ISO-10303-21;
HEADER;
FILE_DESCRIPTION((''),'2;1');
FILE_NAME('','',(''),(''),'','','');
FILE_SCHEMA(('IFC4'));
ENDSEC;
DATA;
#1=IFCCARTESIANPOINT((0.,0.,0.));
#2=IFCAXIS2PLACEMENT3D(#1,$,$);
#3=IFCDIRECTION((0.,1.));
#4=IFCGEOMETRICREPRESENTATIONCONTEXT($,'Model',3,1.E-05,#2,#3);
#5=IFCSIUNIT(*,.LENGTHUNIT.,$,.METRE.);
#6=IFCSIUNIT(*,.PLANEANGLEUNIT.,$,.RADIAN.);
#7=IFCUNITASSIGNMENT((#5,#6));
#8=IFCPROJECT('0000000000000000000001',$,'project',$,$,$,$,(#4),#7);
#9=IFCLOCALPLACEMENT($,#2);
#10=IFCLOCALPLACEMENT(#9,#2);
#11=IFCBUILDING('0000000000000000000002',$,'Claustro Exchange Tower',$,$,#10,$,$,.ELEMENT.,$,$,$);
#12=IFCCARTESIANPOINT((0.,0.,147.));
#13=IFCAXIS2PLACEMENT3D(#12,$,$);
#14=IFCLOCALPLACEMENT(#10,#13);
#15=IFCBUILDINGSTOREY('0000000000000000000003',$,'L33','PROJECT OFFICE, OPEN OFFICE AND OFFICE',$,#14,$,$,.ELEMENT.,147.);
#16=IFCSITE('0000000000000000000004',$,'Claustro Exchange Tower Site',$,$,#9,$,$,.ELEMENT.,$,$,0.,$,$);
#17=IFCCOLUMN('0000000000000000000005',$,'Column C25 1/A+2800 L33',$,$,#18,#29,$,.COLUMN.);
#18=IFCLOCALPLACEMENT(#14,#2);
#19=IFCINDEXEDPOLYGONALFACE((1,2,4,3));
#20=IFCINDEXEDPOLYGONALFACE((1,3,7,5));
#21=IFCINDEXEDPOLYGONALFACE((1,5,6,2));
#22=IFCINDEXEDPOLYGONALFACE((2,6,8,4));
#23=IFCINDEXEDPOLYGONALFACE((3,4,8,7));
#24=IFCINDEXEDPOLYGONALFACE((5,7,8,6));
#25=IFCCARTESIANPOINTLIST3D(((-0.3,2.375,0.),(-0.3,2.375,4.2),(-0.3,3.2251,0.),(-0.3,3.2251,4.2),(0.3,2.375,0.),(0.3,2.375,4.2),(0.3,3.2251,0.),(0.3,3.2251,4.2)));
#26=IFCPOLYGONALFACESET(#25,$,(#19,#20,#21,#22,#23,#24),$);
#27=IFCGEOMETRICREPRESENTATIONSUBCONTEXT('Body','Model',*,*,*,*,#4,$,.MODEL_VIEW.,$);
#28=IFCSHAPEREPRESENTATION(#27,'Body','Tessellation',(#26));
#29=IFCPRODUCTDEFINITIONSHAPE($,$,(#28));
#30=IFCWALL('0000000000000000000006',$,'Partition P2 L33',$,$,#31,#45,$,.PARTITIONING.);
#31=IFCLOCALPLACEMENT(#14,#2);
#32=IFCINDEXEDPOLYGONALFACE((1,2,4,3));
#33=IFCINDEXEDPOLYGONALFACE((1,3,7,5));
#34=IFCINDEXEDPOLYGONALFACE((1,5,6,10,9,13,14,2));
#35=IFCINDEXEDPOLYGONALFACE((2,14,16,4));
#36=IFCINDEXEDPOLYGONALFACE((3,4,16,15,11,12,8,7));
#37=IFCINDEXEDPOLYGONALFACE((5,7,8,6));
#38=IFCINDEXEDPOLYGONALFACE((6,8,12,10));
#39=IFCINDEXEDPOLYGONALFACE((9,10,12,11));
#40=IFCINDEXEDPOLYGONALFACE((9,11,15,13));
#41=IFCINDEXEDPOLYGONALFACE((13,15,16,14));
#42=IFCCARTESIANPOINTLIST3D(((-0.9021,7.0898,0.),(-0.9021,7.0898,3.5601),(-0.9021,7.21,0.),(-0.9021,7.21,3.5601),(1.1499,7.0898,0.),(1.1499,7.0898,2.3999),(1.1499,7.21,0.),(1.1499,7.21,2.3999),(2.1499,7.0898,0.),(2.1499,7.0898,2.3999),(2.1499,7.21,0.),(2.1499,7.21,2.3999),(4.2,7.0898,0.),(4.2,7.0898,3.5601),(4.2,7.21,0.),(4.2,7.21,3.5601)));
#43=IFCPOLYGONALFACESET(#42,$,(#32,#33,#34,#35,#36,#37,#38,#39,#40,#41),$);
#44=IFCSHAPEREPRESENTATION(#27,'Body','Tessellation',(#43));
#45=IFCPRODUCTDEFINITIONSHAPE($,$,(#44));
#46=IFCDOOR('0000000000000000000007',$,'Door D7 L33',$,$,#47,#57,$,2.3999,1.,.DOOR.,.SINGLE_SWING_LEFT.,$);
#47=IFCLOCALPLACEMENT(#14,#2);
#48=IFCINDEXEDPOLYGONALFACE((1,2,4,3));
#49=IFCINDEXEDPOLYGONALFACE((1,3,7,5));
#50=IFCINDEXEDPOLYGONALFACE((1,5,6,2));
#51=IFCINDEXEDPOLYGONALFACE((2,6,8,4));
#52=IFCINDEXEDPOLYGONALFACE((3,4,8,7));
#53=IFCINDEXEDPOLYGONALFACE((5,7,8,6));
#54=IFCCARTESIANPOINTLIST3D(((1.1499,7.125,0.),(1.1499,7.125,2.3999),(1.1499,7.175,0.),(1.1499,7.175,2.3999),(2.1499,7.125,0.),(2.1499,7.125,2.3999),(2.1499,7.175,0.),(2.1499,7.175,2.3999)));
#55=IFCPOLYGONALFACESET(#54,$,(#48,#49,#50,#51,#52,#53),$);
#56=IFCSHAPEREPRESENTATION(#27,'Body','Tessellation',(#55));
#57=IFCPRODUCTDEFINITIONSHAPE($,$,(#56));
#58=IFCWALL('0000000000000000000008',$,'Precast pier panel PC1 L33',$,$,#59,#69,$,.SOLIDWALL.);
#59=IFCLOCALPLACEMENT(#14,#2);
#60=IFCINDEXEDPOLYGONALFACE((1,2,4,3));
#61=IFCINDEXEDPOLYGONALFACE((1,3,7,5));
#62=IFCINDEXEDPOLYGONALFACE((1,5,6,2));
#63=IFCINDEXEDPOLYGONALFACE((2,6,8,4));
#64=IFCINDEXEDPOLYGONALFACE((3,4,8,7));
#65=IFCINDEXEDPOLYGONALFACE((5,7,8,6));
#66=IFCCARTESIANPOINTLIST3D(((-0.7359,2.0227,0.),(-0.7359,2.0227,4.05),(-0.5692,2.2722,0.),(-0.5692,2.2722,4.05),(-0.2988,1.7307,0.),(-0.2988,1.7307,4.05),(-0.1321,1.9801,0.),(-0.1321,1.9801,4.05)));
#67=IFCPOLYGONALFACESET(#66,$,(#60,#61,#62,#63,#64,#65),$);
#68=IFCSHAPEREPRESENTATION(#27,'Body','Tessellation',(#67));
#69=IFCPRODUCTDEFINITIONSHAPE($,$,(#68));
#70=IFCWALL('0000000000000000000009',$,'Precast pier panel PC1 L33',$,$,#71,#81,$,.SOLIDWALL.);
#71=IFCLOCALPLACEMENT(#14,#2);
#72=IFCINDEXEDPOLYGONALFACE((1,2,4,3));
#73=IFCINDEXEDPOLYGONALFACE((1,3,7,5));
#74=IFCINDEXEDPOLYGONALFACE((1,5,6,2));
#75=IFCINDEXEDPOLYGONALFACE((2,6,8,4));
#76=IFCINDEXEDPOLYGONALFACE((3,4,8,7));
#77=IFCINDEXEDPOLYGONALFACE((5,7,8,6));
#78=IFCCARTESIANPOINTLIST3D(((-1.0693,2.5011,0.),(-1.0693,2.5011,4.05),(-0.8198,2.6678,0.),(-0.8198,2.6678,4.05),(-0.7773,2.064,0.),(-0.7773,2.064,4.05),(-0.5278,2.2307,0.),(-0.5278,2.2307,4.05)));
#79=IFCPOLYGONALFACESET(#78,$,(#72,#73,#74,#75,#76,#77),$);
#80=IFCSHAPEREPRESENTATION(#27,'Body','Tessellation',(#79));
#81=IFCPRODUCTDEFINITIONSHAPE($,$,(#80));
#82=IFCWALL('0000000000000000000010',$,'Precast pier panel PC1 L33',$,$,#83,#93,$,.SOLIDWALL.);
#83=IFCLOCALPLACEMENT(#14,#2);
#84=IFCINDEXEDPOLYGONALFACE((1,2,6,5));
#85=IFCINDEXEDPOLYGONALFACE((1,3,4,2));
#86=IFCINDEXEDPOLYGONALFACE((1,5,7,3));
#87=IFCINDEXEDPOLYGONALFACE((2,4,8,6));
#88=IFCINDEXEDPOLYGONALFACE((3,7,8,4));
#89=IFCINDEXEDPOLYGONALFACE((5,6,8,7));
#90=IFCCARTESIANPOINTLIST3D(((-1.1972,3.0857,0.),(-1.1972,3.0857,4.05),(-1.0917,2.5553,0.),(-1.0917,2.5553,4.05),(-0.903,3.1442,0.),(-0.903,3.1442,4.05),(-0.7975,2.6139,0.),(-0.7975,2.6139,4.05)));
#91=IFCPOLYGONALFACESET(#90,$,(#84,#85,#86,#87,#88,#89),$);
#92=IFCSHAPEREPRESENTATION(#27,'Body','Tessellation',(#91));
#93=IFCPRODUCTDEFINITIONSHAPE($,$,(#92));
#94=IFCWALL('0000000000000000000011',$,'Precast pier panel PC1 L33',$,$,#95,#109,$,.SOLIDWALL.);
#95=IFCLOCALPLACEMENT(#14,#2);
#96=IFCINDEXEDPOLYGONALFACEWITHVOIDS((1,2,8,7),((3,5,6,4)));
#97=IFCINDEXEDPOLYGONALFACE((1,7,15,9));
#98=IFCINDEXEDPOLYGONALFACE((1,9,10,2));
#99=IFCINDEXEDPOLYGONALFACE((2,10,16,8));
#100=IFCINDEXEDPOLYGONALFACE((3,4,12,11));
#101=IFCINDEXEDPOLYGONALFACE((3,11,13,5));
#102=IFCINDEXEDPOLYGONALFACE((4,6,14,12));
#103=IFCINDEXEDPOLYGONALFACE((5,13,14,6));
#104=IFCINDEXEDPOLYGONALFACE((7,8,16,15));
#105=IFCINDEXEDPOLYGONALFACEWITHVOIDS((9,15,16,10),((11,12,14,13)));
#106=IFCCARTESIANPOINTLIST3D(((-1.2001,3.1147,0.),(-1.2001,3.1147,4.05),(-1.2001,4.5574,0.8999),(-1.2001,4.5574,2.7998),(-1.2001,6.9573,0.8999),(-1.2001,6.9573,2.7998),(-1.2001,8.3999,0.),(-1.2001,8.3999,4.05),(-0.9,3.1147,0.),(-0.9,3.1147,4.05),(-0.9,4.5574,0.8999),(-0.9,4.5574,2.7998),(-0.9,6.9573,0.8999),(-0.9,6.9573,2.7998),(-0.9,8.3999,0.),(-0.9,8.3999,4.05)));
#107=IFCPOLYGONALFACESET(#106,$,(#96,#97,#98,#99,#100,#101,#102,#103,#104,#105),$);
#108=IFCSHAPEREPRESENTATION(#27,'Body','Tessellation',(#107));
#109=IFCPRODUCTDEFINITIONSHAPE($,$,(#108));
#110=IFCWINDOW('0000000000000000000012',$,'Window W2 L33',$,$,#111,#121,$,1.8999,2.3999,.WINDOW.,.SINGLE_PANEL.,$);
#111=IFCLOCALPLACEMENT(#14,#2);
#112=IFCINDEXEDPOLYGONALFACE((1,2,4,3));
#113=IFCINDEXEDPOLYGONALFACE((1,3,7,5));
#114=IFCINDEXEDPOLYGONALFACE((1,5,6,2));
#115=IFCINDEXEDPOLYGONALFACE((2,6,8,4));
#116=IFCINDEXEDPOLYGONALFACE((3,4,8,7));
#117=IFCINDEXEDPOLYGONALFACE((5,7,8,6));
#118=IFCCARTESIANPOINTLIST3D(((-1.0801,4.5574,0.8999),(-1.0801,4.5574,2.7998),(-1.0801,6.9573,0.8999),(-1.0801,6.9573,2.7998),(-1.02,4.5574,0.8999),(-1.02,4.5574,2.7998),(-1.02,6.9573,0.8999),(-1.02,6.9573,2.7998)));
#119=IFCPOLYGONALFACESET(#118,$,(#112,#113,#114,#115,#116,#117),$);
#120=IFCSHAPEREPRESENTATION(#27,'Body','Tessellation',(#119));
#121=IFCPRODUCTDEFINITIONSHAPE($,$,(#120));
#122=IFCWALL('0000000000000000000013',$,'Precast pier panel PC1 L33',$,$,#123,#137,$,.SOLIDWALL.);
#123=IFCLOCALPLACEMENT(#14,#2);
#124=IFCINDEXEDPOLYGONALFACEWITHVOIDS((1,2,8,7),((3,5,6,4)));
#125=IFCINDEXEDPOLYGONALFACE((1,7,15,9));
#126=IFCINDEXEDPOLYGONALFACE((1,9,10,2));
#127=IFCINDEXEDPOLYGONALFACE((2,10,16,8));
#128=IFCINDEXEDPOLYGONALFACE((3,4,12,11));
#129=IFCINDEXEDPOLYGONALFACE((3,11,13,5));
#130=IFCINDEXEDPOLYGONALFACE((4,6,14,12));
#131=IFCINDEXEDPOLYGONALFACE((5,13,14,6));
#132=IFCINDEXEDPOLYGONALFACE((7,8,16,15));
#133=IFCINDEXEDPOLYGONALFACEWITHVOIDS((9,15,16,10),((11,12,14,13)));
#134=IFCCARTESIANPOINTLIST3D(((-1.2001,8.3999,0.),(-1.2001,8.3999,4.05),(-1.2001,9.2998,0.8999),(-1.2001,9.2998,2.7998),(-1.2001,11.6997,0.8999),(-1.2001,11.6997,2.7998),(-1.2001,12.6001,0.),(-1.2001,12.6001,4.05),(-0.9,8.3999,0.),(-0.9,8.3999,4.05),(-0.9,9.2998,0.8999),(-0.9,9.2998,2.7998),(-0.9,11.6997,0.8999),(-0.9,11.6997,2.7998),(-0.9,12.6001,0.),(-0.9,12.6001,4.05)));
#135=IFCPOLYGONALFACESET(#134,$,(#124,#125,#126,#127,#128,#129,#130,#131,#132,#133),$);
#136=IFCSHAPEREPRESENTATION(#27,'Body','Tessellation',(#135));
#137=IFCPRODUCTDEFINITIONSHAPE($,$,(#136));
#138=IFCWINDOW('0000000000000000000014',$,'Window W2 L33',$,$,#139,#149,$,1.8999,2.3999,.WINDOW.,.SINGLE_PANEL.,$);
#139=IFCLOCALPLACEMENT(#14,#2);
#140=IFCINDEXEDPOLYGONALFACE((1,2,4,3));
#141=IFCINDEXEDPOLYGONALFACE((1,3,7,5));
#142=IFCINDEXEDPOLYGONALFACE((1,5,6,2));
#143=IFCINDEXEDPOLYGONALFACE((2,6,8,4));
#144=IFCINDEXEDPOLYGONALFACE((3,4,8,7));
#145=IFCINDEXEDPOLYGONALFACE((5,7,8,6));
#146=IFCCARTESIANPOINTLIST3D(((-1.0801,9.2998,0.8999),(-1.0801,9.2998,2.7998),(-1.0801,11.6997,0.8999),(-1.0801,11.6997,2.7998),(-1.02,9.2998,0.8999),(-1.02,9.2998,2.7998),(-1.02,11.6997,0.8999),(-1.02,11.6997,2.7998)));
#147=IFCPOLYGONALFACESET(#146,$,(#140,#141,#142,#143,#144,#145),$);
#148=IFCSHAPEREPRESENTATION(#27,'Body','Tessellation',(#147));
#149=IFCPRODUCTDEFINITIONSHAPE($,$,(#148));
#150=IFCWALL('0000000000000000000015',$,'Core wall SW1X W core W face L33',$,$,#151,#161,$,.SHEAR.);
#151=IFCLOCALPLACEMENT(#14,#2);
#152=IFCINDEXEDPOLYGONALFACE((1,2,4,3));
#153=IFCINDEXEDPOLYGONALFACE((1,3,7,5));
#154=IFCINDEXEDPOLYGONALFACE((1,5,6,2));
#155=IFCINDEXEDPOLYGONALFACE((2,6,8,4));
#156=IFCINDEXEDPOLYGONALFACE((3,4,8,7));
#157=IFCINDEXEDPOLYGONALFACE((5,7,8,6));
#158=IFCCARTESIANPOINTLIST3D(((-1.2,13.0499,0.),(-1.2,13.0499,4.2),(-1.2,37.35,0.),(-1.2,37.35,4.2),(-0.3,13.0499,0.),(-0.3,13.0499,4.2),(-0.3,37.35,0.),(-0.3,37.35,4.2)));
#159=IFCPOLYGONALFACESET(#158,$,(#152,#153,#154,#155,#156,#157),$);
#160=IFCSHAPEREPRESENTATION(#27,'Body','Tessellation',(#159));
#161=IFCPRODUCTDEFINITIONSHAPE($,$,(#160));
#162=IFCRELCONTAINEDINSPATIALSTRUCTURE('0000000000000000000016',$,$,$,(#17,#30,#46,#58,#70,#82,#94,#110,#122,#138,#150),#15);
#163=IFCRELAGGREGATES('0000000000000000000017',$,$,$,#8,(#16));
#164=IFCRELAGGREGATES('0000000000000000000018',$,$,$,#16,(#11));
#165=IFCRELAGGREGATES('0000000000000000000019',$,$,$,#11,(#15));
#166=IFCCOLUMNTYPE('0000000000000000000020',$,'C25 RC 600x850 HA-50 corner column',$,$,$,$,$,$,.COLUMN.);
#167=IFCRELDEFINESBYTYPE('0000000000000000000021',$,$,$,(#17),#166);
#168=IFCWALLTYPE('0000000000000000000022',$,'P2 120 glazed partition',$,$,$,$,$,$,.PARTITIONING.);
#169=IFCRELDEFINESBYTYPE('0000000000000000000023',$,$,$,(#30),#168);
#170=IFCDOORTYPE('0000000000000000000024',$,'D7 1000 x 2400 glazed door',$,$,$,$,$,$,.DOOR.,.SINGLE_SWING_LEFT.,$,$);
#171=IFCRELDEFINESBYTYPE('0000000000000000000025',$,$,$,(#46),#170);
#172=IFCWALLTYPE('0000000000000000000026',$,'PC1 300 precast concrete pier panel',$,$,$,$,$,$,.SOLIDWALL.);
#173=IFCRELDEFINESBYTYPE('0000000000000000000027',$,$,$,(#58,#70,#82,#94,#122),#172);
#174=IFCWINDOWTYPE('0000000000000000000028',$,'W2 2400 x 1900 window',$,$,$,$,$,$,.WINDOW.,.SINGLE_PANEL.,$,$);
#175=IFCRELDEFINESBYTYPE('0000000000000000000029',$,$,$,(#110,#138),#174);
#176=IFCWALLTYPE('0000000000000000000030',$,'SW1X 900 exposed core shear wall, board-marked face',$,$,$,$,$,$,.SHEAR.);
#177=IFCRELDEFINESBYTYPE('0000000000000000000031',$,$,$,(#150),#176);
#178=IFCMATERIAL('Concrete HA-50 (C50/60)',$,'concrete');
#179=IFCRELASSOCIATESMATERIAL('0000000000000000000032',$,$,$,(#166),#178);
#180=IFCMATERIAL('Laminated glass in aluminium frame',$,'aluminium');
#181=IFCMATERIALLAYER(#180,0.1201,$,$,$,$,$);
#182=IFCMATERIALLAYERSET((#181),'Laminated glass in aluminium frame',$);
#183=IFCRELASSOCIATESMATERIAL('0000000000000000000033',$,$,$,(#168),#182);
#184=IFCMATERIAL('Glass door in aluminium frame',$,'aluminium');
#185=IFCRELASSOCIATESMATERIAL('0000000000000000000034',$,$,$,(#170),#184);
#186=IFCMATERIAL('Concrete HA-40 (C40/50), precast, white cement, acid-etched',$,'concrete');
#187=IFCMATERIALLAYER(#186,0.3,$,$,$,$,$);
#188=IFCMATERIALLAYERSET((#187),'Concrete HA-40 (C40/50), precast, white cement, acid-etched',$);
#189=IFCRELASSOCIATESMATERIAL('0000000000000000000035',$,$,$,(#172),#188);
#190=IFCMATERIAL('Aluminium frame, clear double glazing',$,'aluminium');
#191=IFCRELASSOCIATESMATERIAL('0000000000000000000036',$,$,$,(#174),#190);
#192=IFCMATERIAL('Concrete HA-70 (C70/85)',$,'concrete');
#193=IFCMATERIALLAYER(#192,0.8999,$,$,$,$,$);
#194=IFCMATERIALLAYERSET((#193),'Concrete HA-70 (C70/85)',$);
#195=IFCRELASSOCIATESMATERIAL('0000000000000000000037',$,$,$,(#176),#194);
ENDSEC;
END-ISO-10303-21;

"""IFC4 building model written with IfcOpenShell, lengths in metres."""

from ifc_helpers import new_model, si_unit, direction, frame, frame_2d, origin, origin_2d, place, context, subcontext, project, spatial, rectangle, extrude, material, layer, layer_set, material_profile, profile_set, type_object, element, fill, save


model = new_model("IFC4")

# Units and contexts
model_context = context("Model", 3, precision=1e-05, world=origin(), true_north=direction((0.0, 1.0)))
body_context = subcontext(model_context, "Body", "Model", "MODEL_VIEW")
ifc_project = project(units=[si_unit("LENGTHUNIT", "METRE"), si_unit("PLANEANGLEUNIT", "RADIAN")], contexts=[model_context])

# Site, building, storey
site_placement = place(None, origin())
site = spatial("IfcSite", under=ifc_project, at=site_placement, Name="Claustro Exchange Tower Site", CompositionType="ELEMENT", RefElevation=0.0)
building_placement = place(site_placement, origin())
building = spatial("IfcBuilding", under=site, at=building_placement, Name="Claustro Exchange Tower", CompositionType="ELEMENT")
storey_placement = place(building_placement, frame((0.0, 0.0, 147.0)))
storey = spatial("IfcBuildingStorey", under=building, at=storey_placement, Name="L33", Description="PROJECT OFFICE, OPEN OFFICE AND OFFICE", CompositionType="ELEMENT", Elevation=147.0)

# Column
ifc_material_1 = material(Name="Concrete HA-50 (C50/60)", Category="concrete")
ifc_material_profile = material_profile(ifc_material_1, rectangle(XDim=0.6001, YDim=0.8501, at=origin_2d()), Name="RC 600x850")
ifc_profile_set = profile_set([ifc_material_profile], Name="Concrete HA-50 (C50/60)")
column_type = type_object("IfcColumnType", Name="C25 RC 600x850 HA-50 corner column", PredefinedType="COLUMN", material=ifc_profile_set)
column_placement = place(storey_placement, frame((0.0, 2.8, 0.0), z_axis=(0.0, 0.0, 1.0), x_axis=(1.0, 0.0, 0.0)))
element("IfcColumn", 1, at=column_placement, inside=storey, type_object=column_type, Name="Column C25 1/A+2800 L33", PredefinedType="COLUMN", context=body_context, shape_type="SweptSolid", body=[
    extrude(rectangle(XDim=0.6001, YDim=0.8501, at=origin_2d()), origin(), (0.0, 0.0, 1.0), 4.2),
])

# Wall, opening, door
ifc_material_2 = material(Name="Laminated glass in aluminium frame", Category="aluminium")
ifc_layer_1 = layer(ifc_material_2, 0.1201)
ifc_layer_set_1 = layer_set([ifc_layer_1], Name="Laminated glass in aluminium frame")
wall_type_1 = type_object("IfcWallType", Name="P2 120 glazed partition", PredefinedType="PARTITIONING", material=ifc_layer_set_1)
wall_1_placement = place(storey_placement, frame((-0.9021, 7.1499, 0.0), z_axis=(0.0, 0.0, 1.0), x_axis=(1.0, 0.0, 0.0)))
wall_1 = element("IfcWall", 2, at=wall_1_placement, inside=storey, type_object=wall_type_1, Name="Partition P2 L33", PredefinedType="PARTITIONING", context=body_context, shape_type="SweptSolid", body=[
    extrude(rectangle(XDim=5.1021, YDim=0.1201, at=frame_2d((2.551, 0.0))), origin(), (0.0, 0.0, 1.0), 3.5601),
])
opening_1_placement = place(wall_1_placement, frame((2.052, 0.0, 0.0)))
opening_1 = element("IfcOpeningElement", 3, at=opening_1_placement, cuts=wall_1, PredefinedType="OPENING", context=body_context, shape_type="SweptSolid", body=[
    extrude(rectangle(XDim=1.0, YDim=2.3999, at=frame_2d((0.5, 1.2))), frame((0.0, 0.0701, 0.0), z_axis=(0.0, -1.0, 0.0), x_axis=(1.0, 0.0, 0.0)), (0.0, 0.0, 1.0), 0.1401),
])
ifc_material_3 = material(Name="Glass door in aluminium frame", Category="aluminium")
door_type_1 = type_object("IfcDoorType", Name="D7 1000 x 2400 glazed door", OperationType="SINGLE_SWING_LEFT", PredefinedType="DOOR", material=ifc_material_3)
door_1_placement = place(opening_1_placement, frame((1.0, 0.0, 0.0), z_axis=(0.0, 0.0, 1.0), x_axis=(-1.0, 0.0, 0.0)))
door_1 = element("IfcDoor", 4, at=door_1_placement, inside=storey, type_object=door_type_1, Name="Door D7 L33", OperationType="SINGLE_SWING_LEFT", OverallHeight=2.3999, OverallWidth=1.0, PredefinedType="DOOR", context=body_context, shape_type="SweptSolid", body=[
    extrude(rectangle(XDim=1.0, YDim=2.3999, at=frame_2d((0.5, 1.2))), frame((0.0, 0.0249, 0.0), z_axis=(0.0, -1.0, 0.0), x_axis=(1.0, 0.0, 0.0)), (0.0, 0.0, 1.0), 0.05),
])
fill(opening_1, door_1)

# Walls
ifc_material_4 = material(Name="Concrete HA-40 (C40/50), precast, white cement, acid-etched", Category="concrete")
ifc_layer_2 = layer(ifc_material_4, 0.3)
ifc_layer_set_2 = layer_set([ifc_layer_2], Name="Concrete HA-40 (C40/50), precast, white cement, acid-etched")
wall_type_2 = type_object("IfcWallType", Name="PC1 300 precast concrete pier panel", PredefinedType="SOLIDWALL", material=ifc_layer_set_2)
for number, where, z_axis, x_axis, name in (
    (5, (-0.2156, 1.8555, 0.0), (0.0, 0.0, 1.0), (-0.831478, 0.555557, 0.0), "Precast pier panel PC1 L33"),
    (6, (-0.6526, 2.1475, 0.0), (0.0, 0.0, 1.0), (-0.555557, 0.831478, 0.0), "Precast pier panel PC1 L33"),
):
    element("IfcWall", number, at=place(storey_placement, frame(where, z_axis=z_axis, x_axis=x_axis)), inside=storey, type_object=wall_type_2, Name=name, PredefinedType="SOLIDWALL", context=body_context, shape_type="SweptSolid", body=[
        extrude(rectangle(XDim=0.5256, YDim=0.3, at=frame_2d((0.2627, 0.0))), origin(), (0.0, 0.0, 1.0), 4.05),
    ])
wall_2_placement = place(storey_placement, frame((-0.9446, 2.5845, 0.0), z_axis=(0.0, 0.0, 1.0), x_axis=(-0.195074, 0.980789, 0.0)))
element("IfcWall", 7, at=wall_2_placement, inside=storey, type_object=wall_type_2, Name="Precast pier panel PC1 L33", PredefinedType="SOLIDWALL", context=body_context, shape_type="SweptSolid", body=[
    extrude(rectangle(XDim=0.5408, YDim=0.3, at=frame_2d((0.2705, 0.0))), origin(), (0.0, 0.0, 1.0), 4.05),
])

# Walls, openings, windows
wall_3_placement = place(storey_placement, frame((-1.05, 3.1147, 0.0), z_axis=(0.0, 0.0, 1.0), x_axis=(0.0, 1.0, 0.0)))
wall_3 = element("IfcWall", 8, at=wall_3_placement, inside=storey, type_object=wall_type_2, Name="Precast pier panel PC1 L33", PredefinedType="SOLIDWALL", context=body_context, shape_type="SweptSolid", body=[
    extrude(rectangle(XDim=5.2852, YDim=0.3, at=frame_2d((2.6426, 0.0))), origin(), (0.0, 0.0, 1.0), 4.05),
])
opening_2_placement = place(wall_3_placement, frame((1.4426, 0.0, 0.8999)))
opening_2 = element("IfcOpeningElement", 9, at=opening_2_placement, cuts=wall_3, PredefinedType="OPENING", context=body_context, shape_type="SweptSolid", body=[
    extrude(rectangle(XDim=2.3999, YDim=1.8999, at=frame_2d((1.2, 0.95))), frame((0.0, 0.1599, 0.0), z_axis=(0.0, -1.0, 0.0), x_axis=(1.0, 0.0, 0.0)), (0.0, 0.0, 1.0), 0.3201),
])
ifc_material_5 = material(Name="Aluminium frame, clear double glazing", Category="aluminium")
window_type = type_object("IfcWindowType", Name="W2 2400 x 1900 window", PartitioningType="SINGLE_PANEL", PredefinedType="WINDOW", material=ifc_material_5)
window_1_placement = place(opening_2_placement, origin())
window_1 = element("IfcWindow", 10, at=window_1_placement, inside=storey, type_object=window_type, Name="Window W2 L33", OverallHeight=1.8999, OverallWidth=2.3999, PartitioningType="SINGLE_PANEL", PredefinedType="WINDOW", context=body_context, shape_type="SweptSolid", body=[
    extrude(rectangle(XDim=2.3999, YDim=1.8999, at=frame_2d((1.2, 0.95))), frame((0.0, 0.03, 0.0), z_axis=(0.0, -1.0, 0.0), x_axis=(1.0, 0.0, 0.0)), (0.0, 0.0, 1.0), 0.0601),
])
fill(opening_2, window_1)
wall_4_placement = place(storey_placement, frame((-1.05, 8.3999, 0.0), z_axis=(0.0, 0.0, 1.0), x_axis=(0.0, 1.0, 0.0)))
wall_4 = element("IfcWall", 11, at=wall_4_placement, inside=storey, type_object=wall_type_2, Name="Precast pier panel PC1 L33", PredefinedType="SOLIDWALL", context=body_context, shape_type="SweptSolid", body=[
    extrude(rectangle(XDim=4.2002, YDim=0.3, at=frame_2d((2.1001, 0.0))), origin(), (0.0, 0.0, 1.0), 4.05),
])
opening_3_placement = place(wall_4_placement, frame((0.8999, 0.0, 0.8999)))
opening_3 = element("IfcOpeningElement", 12, at=opening_3_placement, cuts=wall_4, PredefinedType="OPENING", context=body_context, shape_type="SweptSolid", body=[
    extrude(rectangle(XDim=2.3999, YDim=1.8999, at=frame_2d((1.2, 0.95))), frame((0.0, 0.1599, 0.0), z_axis=(0.0, -1.0, 0.0), x_axis=(1.0, 0.0, 0.0)), (0.0, 0.0, 1.0), 0.3201),
])
window_2_placement = place(opening_3_placement, origin())
window_2 = element("IfcWindow", 13, at=window_2_placement, inside=storey, type_object=window_type, Name="Window W2 L33", OverallHeight=1.8999, OverallWidth=2.3999, PartitioningType="SINGLE_PANEL", PredefinedType="WINDOW", context=body_context, shape_type="SweptSolid", body=[
    extrude(rectangle(XDim=2.3999, YDim=1.8999, at=frame_2d((1.2, 0.95))), frame((0.0, 0.03, 0.0), z_axis=(0.0, -1.0, 0.0), x_axis=(1.0, 0.0, 0.0)), (0.0, 0.0, 1.0), 0.0601),
])
fill(opening_3, window_2)

# Wall
ifc_material_6 = material(Name="Concrete HA-70 (C70/85)", Category="concrete")
ifc_layer_3 = layer(ifc_material_6, 0.8999)
ifc_layer_set_3 = layer_set([ifc_layer_3], Name="Concrete HA-70 (C70/85)")
wall_type_3 = type_object("IfcWallType", Name="SW1X 900 exposed core shear wall, board-marked face", PredefinedType="SHEAR", material=ifc_layer_set_3)
wall_5_placement = place(storey_placement, frame((-0.75, 13.05, 0.0), z_axis=(0.0, 0.0, 1.0), x_axis=(0.0, 1.0, 0.0)))
element("IfcWall", 14, at=wall_5_placement, inside=storey, type_object=wall_type_3, Name="Core wall SW1X W core W face L33", PredefinedType="SHEAR", context=body_context, shape_type="SweptSolid", body=[
    extrude(rectangle(XDim=24.3, YDim=0.8999, at=frame_2d((12.1499, 0.0))), origin(), (0.0, 0.0, 1.0), 4.2),
])

save(model, "model.ifc")
